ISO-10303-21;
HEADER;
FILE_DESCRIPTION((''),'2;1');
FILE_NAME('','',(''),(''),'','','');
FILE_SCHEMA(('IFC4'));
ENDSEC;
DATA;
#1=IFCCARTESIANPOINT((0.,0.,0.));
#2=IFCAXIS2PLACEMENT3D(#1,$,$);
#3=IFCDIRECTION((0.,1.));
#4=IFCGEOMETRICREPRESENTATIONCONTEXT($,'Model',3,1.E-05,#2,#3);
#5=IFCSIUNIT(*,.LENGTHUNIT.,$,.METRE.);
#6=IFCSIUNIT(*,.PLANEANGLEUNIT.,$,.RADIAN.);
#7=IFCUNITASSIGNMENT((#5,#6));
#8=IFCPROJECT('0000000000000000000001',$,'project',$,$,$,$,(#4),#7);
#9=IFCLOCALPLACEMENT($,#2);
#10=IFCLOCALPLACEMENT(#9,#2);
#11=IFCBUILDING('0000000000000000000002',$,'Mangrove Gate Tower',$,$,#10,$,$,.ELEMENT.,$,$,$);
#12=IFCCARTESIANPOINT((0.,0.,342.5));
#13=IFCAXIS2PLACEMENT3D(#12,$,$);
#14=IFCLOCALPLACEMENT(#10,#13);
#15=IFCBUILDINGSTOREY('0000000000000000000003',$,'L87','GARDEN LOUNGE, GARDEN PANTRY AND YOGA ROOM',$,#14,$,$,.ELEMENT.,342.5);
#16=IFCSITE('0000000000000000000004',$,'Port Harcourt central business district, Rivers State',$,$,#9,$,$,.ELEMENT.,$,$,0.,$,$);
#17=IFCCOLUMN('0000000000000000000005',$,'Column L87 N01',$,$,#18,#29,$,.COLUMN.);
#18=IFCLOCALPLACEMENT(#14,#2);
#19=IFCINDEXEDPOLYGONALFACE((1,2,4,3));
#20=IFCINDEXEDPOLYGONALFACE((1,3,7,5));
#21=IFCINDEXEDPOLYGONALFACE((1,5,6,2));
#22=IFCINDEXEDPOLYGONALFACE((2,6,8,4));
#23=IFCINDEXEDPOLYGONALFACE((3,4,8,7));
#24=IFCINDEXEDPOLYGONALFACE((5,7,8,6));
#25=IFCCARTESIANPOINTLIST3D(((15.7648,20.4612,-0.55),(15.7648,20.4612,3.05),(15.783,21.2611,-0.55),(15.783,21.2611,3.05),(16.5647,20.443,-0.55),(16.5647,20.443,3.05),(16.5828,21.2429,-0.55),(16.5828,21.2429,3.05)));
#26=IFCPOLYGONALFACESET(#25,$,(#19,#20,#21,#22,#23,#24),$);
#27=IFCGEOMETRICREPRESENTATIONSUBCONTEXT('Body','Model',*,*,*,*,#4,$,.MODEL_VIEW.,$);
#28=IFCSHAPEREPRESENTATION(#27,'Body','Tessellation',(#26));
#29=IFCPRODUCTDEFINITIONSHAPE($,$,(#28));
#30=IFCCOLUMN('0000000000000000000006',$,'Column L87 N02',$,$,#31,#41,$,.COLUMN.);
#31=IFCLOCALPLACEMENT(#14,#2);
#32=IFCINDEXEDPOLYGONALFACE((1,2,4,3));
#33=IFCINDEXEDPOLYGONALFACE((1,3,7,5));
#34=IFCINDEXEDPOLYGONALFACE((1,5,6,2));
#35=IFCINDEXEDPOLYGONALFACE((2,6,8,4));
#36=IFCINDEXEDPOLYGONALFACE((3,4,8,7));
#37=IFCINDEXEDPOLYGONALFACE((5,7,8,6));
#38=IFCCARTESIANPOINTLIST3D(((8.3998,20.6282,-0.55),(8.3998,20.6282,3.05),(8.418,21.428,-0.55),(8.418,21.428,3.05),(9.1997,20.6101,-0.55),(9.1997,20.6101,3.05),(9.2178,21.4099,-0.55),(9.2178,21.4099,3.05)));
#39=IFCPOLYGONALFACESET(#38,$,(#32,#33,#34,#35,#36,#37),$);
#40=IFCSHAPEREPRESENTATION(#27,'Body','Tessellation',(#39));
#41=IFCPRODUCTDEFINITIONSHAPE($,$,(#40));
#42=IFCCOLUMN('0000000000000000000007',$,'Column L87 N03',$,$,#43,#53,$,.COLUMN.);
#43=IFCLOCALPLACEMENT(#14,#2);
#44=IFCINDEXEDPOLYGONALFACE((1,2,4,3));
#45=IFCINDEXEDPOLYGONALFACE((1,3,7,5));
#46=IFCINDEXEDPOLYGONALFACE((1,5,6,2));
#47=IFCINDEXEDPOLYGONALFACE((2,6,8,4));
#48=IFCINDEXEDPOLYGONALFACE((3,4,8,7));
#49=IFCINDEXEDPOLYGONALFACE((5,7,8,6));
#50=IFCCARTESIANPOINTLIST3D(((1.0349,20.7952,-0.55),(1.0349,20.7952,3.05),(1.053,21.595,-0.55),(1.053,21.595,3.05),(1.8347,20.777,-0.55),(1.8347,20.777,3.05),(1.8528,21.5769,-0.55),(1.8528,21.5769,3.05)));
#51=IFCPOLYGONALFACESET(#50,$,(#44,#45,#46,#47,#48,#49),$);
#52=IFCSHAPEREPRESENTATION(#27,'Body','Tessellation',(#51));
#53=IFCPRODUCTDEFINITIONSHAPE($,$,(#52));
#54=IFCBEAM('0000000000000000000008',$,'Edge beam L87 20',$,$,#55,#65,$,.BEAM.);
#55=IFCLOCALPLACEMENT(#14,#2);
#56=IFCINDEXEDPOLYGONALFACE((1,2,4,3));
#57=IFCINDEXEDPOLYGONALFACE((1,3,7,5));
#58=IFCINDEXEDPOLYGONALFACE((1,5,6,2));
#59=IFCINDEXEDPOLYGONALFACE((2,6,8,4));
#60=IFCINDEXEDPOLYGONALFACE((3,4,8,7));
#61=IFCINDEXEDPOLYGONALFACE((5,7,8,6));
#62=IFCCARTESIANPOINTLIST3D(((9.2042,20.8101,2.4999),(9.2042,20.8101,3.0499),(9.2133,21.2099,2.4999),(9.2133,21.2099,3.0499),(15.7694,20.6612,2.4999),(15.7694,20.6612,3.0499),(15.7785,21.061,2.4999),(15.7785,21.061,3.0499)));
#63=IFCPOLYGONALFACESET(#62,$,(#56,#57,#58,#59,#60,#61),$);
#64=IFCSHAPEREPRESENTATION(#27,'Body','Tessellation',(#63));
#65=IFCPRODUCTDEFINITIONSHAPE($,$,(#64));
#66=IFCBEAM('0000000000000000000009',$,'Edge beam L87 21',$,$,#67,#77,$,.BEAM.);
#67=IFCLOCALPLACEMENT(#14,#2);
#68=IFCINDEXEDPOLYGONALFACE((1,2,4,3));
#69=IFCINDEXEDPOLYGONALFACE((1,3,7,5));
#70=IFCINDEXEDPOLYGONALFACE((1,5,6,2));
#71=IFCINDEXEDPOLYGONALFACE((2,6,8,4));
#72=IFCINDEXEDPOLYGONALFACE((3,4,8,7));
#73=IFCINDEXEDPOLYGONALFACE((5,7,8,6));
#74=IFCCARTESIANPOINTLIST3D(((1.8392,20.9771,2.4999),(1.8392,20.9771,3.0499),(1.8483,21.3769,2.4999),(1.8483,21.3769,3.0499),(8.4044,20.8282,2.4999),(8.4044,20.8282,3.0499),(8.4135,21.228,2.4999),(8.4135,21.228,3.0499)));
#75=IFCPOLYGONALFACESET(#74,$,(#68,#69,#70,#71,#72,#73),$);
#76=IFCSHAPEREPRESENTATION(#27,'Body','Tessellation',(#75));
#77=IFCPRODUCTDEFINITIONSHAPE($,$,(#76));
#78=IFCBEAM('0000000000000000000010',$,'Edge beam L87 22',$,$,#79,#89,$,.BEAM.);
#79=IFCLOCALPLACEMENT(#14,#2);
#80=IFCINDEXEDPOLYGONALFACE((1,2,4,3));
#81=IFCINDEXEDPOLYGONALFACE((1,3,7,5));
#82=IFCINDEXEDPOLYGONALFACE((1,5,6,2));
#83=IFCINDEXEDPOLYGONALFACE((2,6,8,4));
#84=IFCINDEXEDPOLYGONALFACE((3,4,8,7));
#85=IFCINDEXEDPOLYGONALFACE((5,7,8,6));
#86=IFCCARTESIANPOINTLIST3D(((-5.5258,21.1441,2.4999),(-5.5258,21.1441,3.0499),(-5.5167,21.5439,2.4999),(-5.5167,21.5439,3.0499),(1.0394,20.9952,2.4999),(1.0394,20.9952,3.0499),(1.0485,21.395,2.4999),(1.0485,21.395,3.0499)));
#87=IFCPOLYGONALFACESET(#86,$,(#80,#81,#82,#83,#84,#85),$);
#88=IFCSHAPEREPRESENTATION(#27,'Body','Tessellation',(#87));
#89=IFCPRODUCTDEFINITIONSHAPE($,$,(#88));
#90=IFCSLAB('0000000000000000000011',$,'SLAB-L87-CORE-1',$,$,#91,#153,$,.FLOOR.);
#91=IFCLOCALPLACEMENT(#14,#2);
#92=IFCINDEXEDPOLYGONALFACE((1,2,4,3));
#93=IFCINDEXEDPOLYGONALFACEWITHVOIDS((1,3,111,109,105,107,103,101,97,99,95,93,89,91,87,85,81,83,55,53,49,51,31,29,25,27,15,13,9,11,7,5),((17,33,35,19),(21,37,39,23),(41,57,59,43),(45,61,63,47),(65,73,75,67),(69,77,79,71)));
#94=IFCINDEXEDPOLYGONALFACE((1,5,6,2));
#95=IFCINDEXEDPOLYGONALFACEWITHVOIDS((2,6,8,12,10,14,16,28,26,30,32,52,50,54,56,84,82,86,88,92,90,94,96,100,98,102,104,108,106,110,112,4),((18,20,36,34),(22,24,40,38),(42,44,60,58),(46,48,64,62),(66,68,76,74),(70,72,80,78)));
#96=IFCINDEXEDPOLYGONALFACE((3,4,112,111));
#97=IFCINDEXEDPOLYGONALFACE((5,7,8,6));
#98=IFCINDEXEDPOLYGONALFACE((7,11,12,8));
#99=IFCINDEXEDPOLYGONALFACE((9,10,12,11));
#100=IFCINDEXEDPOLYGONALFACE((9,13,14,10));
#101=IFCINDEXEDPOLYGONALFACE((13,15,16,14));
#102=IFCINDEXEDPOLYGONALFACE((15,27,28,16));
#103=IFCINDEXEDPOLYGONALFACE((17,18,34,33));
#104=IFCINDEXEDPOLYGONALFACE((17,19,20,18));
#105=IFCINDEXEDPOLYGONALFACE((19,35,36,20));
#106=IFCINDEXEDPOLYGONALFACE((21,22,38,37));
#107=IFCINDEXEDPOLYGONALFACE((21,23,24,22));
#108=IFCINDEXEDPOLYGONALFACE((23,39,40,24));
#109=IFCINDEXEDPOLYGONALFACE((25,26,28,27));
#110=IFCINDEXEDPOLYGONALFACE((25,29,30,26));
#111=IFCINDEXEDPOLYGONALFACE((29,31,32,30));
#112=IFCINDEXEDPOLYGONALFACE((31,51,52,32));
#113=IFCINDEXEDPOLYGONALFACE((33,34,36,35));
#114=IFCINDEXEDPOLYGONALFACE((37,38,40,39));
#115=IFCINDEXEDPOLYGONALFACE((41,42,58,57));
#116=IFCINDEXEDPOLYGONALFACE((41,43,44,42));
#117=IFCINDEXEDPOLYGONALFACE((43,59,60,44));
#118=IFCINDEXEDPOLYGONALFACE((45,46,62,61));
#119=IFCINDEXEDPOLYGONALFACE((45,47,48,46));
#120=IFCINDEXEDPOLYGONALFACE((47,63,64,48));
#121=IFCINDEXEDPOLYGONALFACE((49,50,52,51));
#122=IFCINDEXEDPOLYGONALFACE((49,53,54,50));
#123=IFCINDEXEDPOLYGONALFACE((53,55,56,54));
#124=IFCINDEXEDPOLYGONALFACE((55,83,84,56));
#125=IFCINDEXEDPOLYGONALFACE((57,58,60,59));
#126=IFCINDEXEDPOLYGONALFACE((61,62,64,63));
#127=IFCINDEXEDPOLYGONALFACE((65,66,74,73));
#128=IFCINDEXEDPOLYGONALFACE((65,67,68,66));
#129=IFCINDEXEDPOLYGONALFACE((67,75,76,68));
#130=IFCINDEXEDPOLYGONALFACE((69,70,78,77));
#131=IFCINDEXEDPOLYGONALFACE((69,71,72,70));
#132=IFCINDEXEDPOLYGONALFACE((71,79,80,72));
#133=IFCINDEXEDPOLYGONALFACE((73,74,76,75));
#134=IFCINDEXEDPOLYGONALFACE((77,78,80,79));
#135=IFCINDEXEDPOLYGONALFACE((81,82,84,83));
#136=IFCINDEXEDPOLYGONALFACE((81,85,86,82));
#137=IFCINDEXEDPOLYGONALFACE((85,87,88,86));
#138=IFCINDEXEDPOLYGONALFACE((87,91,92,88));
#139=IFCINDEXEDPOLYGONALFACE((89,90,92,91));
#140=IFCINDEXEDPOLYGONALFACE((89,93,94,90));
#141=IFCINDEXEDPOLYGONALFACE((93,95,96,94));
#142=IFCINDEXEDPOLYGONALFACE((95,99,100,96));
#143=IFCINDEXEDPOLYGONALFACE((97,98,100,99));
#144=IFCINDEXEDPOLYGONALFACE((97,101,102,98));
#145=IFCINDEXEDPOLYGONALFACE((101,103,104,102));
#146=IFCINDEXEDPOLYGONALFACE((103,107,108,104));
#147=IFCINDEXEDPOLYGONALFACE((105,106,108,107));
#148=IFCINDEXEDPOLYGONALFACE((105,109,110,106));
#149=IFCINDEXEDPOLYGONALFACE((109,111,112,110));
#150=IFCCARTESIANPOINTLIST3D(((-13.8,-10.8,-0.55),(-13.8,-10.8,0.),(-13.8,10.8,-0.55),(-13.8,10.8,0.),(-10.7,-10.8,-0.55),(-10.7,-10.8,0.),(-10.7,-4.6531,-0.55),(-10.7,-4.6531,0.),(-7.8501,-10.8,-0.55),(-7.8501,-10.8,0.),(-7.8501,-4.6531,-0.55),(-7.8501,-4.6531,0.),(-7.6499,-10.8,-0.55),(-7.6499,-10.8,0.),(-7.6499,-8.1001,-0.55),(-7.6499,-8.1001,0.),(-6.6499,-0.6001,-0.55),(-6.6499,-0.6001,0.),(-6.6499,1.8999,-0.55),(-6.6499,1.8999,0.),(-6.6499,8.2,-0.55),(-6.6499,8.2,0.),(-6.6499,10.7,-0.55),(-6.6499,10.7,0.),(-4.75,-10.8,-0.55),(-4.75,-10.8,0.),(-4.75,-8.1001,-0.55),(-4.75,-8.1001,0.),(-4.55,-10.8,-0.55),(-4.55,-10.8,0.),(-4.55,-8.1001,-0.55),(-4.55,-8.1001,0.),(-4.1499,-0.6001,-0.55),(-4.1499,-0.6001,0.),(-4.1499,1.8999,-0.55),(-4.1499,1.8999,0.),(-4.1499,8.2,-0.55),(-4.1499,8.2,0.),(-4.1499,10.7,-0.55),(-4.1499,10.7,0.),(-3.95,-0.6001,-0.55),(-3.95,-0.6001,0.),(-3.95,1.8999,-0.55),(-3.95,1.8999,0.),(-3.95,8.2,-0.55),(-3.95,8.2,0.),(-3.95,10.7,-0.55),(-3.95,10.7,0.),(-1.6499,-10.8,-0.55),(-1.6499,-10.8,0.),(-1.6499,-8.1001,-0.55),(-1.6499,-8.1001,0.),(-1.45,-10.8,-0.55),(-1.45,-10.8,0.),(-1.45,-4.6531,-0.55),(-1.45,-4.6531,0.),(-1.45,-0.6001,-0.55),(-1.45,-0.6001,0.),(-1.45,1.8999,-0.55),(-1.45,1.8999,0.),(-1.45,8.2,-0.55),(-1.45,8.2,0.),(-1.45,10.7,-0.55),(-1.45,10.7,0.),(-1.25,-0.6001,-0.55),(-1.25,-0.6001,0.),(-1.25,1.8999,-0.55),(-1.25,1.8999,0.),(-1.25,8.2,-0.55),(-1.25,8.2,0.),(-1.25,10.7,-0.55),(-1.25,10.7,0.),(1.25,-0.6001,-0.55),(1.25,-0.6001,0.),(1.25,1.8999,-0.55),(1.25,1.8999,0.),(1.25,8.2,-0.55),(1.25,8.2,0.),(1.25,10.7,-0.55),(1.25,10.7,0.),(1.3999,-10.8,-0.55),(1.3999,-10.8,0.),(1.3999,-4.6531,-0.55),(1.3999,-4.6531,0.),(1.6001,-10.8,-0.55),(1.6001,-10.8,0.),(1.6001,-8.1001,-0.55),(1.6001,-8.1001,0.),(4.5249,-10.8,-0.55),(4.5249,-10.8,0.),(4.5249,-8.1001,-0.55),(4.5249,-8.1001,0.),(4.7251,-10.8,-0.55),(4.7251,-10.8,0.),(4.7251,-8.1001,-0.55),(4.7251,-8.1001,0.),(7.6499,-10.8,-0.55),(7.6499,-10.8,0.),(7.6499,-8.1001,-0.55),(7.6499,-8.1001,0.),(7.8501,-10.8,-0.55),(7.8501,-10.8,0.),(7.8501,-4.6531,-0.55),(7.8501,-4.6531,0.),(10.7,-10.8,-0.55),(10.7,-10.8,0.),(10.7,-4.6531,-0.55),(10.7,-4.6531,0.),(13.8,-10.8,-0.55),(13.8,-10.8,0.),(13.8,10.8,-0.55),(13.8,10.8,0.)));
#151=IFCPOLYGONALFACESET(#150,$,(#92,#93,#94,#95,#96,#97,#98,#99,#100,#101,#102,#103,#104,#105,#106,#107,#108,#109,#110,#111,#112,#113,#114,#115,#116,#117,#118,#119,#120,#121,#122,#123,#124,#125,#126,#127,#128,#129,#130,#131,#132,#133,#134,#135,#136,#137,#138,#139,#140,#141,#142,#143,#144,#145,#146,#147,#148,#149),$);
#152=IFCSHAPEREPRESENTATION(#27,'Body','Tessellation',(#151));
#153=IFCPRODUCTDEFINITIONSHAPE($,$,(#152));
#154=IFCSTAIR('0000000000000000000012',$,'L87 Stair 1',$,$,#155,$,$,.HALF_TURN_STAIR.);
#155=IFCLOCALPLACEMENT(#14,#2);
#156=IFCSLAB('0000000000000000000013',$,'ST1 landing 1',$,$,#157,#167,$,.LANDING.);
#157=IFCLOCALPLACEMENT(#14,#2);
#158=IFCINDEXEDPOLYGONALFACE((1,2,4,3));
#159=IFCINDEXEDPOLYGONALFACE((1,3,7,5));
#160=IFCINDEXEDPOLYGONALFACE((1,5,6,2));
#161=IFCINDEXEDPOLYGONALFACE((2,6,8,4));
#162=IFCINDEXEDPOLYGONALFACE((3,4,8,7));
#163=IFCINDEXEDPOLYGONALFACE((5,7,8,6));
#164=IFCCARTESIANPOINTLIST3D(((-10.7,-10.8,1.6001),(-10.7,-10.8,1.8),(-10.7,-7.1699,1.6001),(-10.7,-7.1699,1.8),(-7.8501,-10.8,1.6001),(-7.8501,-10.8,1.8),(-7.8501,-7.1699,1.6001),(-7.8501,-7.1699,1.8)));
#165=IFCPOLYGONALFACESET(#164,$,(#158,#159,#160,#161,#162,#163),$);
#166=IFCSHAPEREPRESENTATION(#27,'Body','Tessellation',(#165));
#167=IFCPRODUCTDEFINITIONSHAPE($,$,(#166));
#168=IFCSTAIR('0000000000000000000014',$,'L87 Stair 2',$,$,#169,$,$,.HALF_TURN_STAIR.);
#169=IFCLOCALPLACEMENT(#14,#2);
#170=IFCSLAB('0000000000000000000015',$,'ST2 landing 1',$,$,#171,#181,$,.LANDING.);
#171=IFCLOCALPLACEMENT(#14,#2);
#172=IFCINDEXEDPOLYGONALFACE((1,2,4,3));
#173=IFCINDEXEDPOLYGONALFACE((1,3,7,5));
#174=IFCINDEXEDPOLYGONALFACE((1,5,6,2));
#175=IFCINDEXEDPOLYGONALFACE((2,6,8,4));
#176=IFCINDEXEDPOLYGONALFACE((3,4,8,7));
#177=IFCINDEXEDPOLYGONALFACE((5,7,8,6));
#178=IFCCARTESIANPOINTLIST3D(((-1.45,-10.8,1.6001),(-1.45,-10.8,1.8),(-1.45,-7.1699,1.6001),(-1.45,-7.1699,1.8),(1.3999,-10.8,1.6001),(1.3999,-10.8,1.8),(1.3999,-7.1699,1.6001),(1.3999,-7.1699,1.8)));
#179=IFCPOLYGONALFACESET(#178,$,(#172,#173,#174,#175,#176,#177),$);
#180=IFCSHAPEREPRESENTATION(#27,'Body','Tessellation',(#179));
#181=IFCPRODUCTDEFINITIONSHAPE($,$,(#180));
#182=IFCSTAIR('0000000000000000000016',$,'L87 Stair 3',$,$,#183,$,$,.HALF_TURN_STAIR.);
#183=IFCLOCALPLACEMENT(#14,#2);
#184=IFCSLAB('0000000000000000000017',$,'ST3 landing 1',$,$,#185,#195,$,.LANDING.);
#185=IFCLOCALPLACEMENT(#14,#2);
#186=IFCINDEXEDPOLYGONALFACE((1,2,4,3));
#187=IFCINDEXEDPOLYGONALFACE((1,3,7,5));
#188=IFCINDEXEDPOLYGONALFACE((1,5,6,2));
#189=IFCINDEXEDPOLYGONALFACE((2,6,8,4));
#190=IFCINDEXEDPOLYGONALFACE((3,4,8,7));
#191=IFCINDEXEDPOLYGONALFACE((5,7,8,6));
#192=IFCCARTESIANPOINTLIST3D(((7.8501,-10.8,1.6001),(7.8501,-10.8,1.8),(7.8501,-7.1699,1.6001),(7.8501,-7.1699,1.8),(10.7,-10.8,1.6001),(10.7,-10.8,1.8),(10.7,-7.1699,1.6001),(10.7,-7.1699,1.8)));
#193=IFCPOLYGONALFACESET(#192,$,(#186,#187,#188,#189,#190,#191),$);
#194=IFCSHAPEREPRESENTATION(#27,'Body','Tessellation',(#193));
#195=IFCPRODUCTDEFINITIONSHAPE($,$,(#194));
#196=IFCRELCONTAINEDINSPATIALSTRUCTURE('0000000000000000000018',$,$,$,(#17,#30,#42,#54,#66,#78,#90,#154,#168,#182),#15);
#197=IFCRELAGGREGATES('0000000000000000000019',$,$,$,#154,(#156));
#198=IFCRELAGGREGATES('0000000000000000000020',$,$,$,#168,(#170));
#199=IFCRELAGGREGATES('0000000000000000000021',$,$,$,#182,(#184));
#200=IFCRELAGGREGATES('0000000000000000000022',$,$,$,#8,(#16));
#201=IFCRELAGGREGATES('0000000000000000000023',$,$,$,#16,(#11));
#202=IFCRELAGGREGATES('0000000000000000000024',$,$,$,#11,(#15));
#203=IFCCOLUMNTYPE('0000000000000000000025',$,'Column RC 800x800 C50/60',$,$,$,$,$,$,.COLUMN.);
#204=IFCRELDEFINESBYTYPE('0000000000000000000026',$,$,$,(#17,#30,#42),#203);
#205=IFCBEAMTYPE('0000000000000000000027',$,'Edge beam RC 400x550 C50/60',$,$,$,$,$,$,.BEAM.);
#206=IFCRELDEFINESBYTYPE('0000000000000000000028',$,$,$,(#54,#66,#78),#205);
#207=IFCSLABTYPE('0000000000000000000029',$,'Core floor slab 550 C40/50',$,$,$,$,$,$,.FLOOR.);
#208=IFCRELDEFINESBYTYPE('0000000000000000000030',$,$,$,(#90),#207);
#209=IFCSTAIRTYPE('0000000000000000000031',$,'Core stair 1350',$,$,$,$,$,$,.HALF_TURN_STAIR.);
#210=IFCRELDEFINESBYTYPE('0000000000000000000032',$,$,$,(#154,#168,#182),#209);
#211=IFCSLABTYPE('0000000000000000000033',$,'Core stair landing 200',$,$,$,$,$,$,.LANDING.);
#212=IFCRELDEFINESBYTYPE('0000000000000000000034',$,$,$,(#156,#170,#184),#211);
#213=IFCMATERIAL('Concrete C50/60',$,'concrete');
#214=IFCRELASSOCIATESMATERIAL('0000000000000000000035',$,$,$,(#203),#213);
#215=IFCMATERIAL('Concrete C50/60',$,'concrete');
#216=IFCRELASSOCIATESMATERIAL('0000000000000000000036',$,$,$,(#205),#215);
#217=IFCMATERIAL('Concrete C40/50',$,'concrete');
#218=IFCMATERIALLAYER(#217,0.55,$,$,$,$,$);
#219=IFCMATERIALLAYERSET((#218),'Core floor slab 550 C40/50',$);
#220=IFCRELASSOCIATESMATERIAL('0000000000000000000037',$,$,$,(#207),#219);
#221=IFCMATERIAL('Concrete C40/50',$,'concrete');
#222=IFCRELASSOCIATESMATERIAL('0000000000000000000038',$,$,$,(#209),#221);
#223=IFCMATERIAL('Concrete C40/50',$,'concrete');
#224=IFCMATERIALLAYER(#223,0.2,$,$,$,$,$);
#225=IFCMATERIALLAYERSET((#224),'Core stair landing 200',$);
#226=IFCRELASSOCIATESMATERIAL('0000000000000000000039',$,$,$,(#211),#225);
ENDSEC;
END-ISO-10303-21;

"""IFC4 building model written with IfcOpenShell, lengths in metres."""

from ifc_helpers import new_model, si_unit, direction, frame, origin, origin_2d, place, context, subcontext, project, spatial, polyline, rectangle, outline, extrude, material, layer, layer_set, material_profile, profile_set, type_object, element, aggregate, save


model = new_model("IFC4")

# Units and contexts
model_context = context("Model", 3, precision=1e-05, world=origin(), true_north=direction((0.0, 1.0)))
body_context = subcontext(model_context, "Body", "Model", "MODEL_VIEW")
ifc_project = project(units=[si_unit("LENGTHUNIT", "METRE"), si_unit("PLANEANGLEUNIT", "RADIAN")], contexts=[model_context])

# Site, building, storey
site_placement = place(None, origin())
site = spatial("IfcSite", under=ifc_project, at=site_placement, Name="Port Harcourt central business district, Rivers State", CompositionType="ELEMENT", RefElevation=0.0)
building_placement = place(site_placement, origin())
building = spatial("IfcBuilding", under=site, at=building_placement, Name="Mangrove Gate Tower", CompositionType="ELEMENT")
storey_placement = place(building_placement, frame((0.0, 0.0, 342.5)))
storey = spatial("IfcBuildingStorey", under=building, at=storey_placement, Name="L87", Description="GARDEN LOUNGE, GARDEN PANTRY AND YOGA ROOM", CompositionType="ELEMENT", Elevation=342.5)

# Columns
ifc_material_1 = material(Name="Concrete C50/60", Category="concrete")
ifc_material_profile_1 = material_profile(ifc_material_1, rectangle(XDim=0.8, YDim=0.8, at=origin_2d()))
ifc_profile_set_1 = profile_set([ifc_material_profile_1], Name="Concrete C50/60")
column_type = type_object("IfcColumnType", Name="Column RC 800x800 C50/60", PredefinedType="COLUMN", material=ifc_profile_set_1)
for number, where, z_axis, x_axis, name in (
    (1, (16.1738, 20.8521, -0.55), (0.0, 0.0, 1.0), (-0.999741, 0.022738, 0.0), "Column L87 N01"),
    (2, (8.8088, 21.019, -0.55), (0.0, 0.0, 1.0), (-0.999743, 0.022669, 0.0), "Column L87 N02"),
    (3, (1.4438, 21.186, -0.55), (0.0, 0.0, 1.0), (-0.999743, 0.022669, 0.0), "Column L87 N03"),
):
    element("IfcColumn", number, at=place(storey_placement, frame(where, z_axis=z_axis, x_axis=x_axis)), inside=storey, type_object=column_type, Name=name, PredefinedType="COLUMN", context=body_context, shape_type="SweptSolid", body=[
        extrude(rectangle(XDim=0.8, YDim=0.8, at=origin_2d()), origin(), (0.0, 0.0, 1.0), 3.6001),
    ])

# Beams
ifc_material_2 = material(Name="Concrete C50/60", Category="concrete")
ifc_material_profile_2 = material_profile(ifc_material_2, rectangle(XDim=0.3999, YDim=0.55, at=origin_2d()))
ifc_profile_set_2 = profile_set([ifc_material_profile_2], Name="Concrete C50/60")
beam_type = type_object("IfcBeamType", Name="Edge beam RC 400x550 C50/60", PredefinedType="BEAM", material=ifc_profile_set_2)
for number, where, z_axis, x_axis, name in (
    (4, (15.7739, 20.8611, 2.7749), (-0.999743, 0.022678, 0.0), (-0.022678, -0.999743, 0.0), "Edge beam L87 20"),
    (5, (8.4089, 21.0281, 2.7749), (-0.999743, 0.022678, 0.0), (-0.022678, -0.999743, 0.0), "Edge beam L87 21"),
    (6, (1.0439, 21.1951, 2.7749), (-0.999743, 0.022678, 0.0), (-0.022678, -0.999743, 0.0), "Edge beam L87 22"),
):
    element("IfcBeam", number, at=place(storey_placement, frame(where, z_axis=z_axis, x_axis=x_axis)), inside=storey, type_object=beam_type, Name=name, PredefinedType="BEAM", context=body_context, shape_type="SweptSolid", body=[
        extrude(rectangle(XDim=0.3999, YDim=0.55, at=origin_2d()), origin(), (0.0, 0.0, 1.0), 6.5669),
    ])

# Slab
ifc_material_3 = material(Name="Concrete C40/50", Category="concrete")
ifc_layer_1 = layer(ifc_material_3, 0.55)
ifc_layer_set_1 = layer_set([ifc_layer_1], Name="Core floor slab 550 C40/50")
slab_type_1 = type_object("IfcSlabType", Name="Core floor slab 550 C40/50", PredefinedType="FLOOR", material=ifc_layer_set_1)
slab_1_placement = place(storey_placement, frame((0.0, 0.0, -0.55)))
element("IfcSlab", 7, at=slab_1_placement, inside=storey, type_object=slab_type_1, Name="SLAB-L87-CORE-1", PredefinedType="FLOOR", context=body_context, shape_type="SweptSolid", body=[
    extrude(outline(polyline([(-13.8, -10.8), (-13.8, 10.8), (13.8, 10.8), (13.8, -10.8), (10.7, -10.8), (10.7, -4.6531), (7.8501, -4.6531), (7.8501, -10.8), (7.6499, -10.8), (7.6499, -8.1001), (4.7251, -8.1001), (4.7251, -10.8), (4.5249, -10.8), (4.5249, -8.1001), (1.6001, -8.1001), (1.6001, -10.8), (1.3999, -10.8), (1.3999, -4.6531), (-1.45, -4.6531), (-1.45, -10.8), (-1.6499, -10.8), (-1.6499, -8.1001), (-4.55, -8.1001), (-4.55, -10.8), (-4.75, -10.8), (-4.75, -8.1001), (-7.6499, -8.1001), (-7.6499, -10.8), (-7.8501, -10.8), (-7.8501, -4.6531), (-10.7, -4.6531), (-10.7, -10.8), (-13.8, -10.8)]), holes=[polyline([(-4.1499, 1.8999), (-6.6499, 1.8999), (-6.6499, -0.6001), (-4.1499, -0.6001), (-4.1499, 1.8999)]), polyline([(-1.45, -0.6001), (-1.45, 1.8999), (-3.95, 1.8999), (-3.95, -0.6001), (-1.45, -0.6001)]), polyline([(-4.1499, 8.2), (-4.1499, 10.7), (-6.6499, 10.7), (-6.6499, 8.2), (-4.1499, 8.2)]), polyline([(-1.45, 10.7), (-3.95, 10.7), (-3.95, 8.2), (-1.45, 8.2), (-1.45, 10.7)]), polyline([(1.25, -0.6001), (1.25, 1.8999), (-1.25, 1.8999), (-1.25, -0.6001), (1.25, -0.6001)]), polyline([(1.25, 8.2), (1.25, 10.7), (-1.25, 10.7), (-1.25, 8.2), (1.25, 8.2)])]), origin(), (0.0, 0.0, 1.0), 0.55),
])

# Stairs, slabs
ifc_material_4 = material(Name="Concrete C40/50", Category="concrete")
stair_type = type_object("IfcStairType", Name="Core stair 1350", PredefinedType="HALF_TURN_STAIR", material=ifc_material_4)
stair_1_placement = place(storey_placement, origin())
stair_1 = element("IfcStair", 8, at=stair_1_placement, inside=storey, type_object=stair_type, Name="L87 Stair 1", PredefinedType="HALF_TURN_STAIR")
ifc_material_5 = material(Name="Concrete C40/50", Category="concrete")
ifc_layer_2 = layer(ifc_material_5, 0.2)
ifc_layer_set_2 = layer_set([ifc_layer_2], Name="Core stair landing 200")
slab_type_2 = type_object("IfcSlabType", Name="Core stair landing 200", PredefinedType="LANDING", material=ifc_layer_set_2)
slab_2_placement = place(storey_placement, frame((0.0, 0.0, 1.6001)))
slab_2 = element("IfcSlab", 9, at=slab_2_placement, type_object=slab_type_2, Name="ST1 landing 1", PredefinedType="LANDING", context=body_context, shape_type="SweptSolid", body=[
    extrude(outline(polyline([(-10.7, -7.1699), (-10.7, -10.8), (-7.8501, -10.8), (-7.8501, -7.1699), (-10.7, -7.1699)])), origin(), (0.0, 0.0, 1.0), 0.2),
])
aggregate(stair_1, [slab_2])
stair_2_placement = place(storey_placement, origin())
stair_2 = element("IfcStair", 10, at=stair_2_placement, inside=storey, type_object=stair_type, Name="L87 Stair 2", PredefinedType="HALF_TURN_STAIR")
slab_3_placement = place(storey_placement, frame((0.0, 0.0, 1.6001)))
slab_3 = element("IfcSlab", 11, at=slab_3_placement, type_object=slab_type_2, Name="ST2 landing 1", PredefinedType="LANDING", context=body_context, shape_type="SweptSolid", body=[
    extrude(outline(polyline([(-1.45, -7.1699), (-1.45, -10.8), (1.3999, -10.8), (1.3999, -7.1699), (-1.45, -7.1699)])), origin(), (0.0, 0.0, 1.0), 0.2),
])
aggregate(stair_2, [slab_3])
stair_3_placement = place(storey_placement, origin())
stair_3 = element("IfcStair", 12, at=stair_3_placement, inside=storey, type_object=stair_type, Name="L87 Stair 3", PredefinedType="HALF_TURN_STAIR")
slab_4_placement = place(storey_placement, frame((0.0, 0.0, 1.6001)))
slab_4 = element("IfcSlab", 13, at=slab_4_placement, type_object=slab_type_2, Name="ST3 landing 1", PredefinedType="LANDING", context=body_context, shape_type="SweptSolid", body=[
    extrude(outline(polyline([(7.8501, -7.1699), (7.8501, -10.8), (10.7, -10.8), (10.7, -7.1699), (7.8501, -7.1699)])), origin(), (0.0, 0.0, 1.0), 0.2),
])
aggregate(stair_3, [slab_4])

save(model, "model.ifc")
